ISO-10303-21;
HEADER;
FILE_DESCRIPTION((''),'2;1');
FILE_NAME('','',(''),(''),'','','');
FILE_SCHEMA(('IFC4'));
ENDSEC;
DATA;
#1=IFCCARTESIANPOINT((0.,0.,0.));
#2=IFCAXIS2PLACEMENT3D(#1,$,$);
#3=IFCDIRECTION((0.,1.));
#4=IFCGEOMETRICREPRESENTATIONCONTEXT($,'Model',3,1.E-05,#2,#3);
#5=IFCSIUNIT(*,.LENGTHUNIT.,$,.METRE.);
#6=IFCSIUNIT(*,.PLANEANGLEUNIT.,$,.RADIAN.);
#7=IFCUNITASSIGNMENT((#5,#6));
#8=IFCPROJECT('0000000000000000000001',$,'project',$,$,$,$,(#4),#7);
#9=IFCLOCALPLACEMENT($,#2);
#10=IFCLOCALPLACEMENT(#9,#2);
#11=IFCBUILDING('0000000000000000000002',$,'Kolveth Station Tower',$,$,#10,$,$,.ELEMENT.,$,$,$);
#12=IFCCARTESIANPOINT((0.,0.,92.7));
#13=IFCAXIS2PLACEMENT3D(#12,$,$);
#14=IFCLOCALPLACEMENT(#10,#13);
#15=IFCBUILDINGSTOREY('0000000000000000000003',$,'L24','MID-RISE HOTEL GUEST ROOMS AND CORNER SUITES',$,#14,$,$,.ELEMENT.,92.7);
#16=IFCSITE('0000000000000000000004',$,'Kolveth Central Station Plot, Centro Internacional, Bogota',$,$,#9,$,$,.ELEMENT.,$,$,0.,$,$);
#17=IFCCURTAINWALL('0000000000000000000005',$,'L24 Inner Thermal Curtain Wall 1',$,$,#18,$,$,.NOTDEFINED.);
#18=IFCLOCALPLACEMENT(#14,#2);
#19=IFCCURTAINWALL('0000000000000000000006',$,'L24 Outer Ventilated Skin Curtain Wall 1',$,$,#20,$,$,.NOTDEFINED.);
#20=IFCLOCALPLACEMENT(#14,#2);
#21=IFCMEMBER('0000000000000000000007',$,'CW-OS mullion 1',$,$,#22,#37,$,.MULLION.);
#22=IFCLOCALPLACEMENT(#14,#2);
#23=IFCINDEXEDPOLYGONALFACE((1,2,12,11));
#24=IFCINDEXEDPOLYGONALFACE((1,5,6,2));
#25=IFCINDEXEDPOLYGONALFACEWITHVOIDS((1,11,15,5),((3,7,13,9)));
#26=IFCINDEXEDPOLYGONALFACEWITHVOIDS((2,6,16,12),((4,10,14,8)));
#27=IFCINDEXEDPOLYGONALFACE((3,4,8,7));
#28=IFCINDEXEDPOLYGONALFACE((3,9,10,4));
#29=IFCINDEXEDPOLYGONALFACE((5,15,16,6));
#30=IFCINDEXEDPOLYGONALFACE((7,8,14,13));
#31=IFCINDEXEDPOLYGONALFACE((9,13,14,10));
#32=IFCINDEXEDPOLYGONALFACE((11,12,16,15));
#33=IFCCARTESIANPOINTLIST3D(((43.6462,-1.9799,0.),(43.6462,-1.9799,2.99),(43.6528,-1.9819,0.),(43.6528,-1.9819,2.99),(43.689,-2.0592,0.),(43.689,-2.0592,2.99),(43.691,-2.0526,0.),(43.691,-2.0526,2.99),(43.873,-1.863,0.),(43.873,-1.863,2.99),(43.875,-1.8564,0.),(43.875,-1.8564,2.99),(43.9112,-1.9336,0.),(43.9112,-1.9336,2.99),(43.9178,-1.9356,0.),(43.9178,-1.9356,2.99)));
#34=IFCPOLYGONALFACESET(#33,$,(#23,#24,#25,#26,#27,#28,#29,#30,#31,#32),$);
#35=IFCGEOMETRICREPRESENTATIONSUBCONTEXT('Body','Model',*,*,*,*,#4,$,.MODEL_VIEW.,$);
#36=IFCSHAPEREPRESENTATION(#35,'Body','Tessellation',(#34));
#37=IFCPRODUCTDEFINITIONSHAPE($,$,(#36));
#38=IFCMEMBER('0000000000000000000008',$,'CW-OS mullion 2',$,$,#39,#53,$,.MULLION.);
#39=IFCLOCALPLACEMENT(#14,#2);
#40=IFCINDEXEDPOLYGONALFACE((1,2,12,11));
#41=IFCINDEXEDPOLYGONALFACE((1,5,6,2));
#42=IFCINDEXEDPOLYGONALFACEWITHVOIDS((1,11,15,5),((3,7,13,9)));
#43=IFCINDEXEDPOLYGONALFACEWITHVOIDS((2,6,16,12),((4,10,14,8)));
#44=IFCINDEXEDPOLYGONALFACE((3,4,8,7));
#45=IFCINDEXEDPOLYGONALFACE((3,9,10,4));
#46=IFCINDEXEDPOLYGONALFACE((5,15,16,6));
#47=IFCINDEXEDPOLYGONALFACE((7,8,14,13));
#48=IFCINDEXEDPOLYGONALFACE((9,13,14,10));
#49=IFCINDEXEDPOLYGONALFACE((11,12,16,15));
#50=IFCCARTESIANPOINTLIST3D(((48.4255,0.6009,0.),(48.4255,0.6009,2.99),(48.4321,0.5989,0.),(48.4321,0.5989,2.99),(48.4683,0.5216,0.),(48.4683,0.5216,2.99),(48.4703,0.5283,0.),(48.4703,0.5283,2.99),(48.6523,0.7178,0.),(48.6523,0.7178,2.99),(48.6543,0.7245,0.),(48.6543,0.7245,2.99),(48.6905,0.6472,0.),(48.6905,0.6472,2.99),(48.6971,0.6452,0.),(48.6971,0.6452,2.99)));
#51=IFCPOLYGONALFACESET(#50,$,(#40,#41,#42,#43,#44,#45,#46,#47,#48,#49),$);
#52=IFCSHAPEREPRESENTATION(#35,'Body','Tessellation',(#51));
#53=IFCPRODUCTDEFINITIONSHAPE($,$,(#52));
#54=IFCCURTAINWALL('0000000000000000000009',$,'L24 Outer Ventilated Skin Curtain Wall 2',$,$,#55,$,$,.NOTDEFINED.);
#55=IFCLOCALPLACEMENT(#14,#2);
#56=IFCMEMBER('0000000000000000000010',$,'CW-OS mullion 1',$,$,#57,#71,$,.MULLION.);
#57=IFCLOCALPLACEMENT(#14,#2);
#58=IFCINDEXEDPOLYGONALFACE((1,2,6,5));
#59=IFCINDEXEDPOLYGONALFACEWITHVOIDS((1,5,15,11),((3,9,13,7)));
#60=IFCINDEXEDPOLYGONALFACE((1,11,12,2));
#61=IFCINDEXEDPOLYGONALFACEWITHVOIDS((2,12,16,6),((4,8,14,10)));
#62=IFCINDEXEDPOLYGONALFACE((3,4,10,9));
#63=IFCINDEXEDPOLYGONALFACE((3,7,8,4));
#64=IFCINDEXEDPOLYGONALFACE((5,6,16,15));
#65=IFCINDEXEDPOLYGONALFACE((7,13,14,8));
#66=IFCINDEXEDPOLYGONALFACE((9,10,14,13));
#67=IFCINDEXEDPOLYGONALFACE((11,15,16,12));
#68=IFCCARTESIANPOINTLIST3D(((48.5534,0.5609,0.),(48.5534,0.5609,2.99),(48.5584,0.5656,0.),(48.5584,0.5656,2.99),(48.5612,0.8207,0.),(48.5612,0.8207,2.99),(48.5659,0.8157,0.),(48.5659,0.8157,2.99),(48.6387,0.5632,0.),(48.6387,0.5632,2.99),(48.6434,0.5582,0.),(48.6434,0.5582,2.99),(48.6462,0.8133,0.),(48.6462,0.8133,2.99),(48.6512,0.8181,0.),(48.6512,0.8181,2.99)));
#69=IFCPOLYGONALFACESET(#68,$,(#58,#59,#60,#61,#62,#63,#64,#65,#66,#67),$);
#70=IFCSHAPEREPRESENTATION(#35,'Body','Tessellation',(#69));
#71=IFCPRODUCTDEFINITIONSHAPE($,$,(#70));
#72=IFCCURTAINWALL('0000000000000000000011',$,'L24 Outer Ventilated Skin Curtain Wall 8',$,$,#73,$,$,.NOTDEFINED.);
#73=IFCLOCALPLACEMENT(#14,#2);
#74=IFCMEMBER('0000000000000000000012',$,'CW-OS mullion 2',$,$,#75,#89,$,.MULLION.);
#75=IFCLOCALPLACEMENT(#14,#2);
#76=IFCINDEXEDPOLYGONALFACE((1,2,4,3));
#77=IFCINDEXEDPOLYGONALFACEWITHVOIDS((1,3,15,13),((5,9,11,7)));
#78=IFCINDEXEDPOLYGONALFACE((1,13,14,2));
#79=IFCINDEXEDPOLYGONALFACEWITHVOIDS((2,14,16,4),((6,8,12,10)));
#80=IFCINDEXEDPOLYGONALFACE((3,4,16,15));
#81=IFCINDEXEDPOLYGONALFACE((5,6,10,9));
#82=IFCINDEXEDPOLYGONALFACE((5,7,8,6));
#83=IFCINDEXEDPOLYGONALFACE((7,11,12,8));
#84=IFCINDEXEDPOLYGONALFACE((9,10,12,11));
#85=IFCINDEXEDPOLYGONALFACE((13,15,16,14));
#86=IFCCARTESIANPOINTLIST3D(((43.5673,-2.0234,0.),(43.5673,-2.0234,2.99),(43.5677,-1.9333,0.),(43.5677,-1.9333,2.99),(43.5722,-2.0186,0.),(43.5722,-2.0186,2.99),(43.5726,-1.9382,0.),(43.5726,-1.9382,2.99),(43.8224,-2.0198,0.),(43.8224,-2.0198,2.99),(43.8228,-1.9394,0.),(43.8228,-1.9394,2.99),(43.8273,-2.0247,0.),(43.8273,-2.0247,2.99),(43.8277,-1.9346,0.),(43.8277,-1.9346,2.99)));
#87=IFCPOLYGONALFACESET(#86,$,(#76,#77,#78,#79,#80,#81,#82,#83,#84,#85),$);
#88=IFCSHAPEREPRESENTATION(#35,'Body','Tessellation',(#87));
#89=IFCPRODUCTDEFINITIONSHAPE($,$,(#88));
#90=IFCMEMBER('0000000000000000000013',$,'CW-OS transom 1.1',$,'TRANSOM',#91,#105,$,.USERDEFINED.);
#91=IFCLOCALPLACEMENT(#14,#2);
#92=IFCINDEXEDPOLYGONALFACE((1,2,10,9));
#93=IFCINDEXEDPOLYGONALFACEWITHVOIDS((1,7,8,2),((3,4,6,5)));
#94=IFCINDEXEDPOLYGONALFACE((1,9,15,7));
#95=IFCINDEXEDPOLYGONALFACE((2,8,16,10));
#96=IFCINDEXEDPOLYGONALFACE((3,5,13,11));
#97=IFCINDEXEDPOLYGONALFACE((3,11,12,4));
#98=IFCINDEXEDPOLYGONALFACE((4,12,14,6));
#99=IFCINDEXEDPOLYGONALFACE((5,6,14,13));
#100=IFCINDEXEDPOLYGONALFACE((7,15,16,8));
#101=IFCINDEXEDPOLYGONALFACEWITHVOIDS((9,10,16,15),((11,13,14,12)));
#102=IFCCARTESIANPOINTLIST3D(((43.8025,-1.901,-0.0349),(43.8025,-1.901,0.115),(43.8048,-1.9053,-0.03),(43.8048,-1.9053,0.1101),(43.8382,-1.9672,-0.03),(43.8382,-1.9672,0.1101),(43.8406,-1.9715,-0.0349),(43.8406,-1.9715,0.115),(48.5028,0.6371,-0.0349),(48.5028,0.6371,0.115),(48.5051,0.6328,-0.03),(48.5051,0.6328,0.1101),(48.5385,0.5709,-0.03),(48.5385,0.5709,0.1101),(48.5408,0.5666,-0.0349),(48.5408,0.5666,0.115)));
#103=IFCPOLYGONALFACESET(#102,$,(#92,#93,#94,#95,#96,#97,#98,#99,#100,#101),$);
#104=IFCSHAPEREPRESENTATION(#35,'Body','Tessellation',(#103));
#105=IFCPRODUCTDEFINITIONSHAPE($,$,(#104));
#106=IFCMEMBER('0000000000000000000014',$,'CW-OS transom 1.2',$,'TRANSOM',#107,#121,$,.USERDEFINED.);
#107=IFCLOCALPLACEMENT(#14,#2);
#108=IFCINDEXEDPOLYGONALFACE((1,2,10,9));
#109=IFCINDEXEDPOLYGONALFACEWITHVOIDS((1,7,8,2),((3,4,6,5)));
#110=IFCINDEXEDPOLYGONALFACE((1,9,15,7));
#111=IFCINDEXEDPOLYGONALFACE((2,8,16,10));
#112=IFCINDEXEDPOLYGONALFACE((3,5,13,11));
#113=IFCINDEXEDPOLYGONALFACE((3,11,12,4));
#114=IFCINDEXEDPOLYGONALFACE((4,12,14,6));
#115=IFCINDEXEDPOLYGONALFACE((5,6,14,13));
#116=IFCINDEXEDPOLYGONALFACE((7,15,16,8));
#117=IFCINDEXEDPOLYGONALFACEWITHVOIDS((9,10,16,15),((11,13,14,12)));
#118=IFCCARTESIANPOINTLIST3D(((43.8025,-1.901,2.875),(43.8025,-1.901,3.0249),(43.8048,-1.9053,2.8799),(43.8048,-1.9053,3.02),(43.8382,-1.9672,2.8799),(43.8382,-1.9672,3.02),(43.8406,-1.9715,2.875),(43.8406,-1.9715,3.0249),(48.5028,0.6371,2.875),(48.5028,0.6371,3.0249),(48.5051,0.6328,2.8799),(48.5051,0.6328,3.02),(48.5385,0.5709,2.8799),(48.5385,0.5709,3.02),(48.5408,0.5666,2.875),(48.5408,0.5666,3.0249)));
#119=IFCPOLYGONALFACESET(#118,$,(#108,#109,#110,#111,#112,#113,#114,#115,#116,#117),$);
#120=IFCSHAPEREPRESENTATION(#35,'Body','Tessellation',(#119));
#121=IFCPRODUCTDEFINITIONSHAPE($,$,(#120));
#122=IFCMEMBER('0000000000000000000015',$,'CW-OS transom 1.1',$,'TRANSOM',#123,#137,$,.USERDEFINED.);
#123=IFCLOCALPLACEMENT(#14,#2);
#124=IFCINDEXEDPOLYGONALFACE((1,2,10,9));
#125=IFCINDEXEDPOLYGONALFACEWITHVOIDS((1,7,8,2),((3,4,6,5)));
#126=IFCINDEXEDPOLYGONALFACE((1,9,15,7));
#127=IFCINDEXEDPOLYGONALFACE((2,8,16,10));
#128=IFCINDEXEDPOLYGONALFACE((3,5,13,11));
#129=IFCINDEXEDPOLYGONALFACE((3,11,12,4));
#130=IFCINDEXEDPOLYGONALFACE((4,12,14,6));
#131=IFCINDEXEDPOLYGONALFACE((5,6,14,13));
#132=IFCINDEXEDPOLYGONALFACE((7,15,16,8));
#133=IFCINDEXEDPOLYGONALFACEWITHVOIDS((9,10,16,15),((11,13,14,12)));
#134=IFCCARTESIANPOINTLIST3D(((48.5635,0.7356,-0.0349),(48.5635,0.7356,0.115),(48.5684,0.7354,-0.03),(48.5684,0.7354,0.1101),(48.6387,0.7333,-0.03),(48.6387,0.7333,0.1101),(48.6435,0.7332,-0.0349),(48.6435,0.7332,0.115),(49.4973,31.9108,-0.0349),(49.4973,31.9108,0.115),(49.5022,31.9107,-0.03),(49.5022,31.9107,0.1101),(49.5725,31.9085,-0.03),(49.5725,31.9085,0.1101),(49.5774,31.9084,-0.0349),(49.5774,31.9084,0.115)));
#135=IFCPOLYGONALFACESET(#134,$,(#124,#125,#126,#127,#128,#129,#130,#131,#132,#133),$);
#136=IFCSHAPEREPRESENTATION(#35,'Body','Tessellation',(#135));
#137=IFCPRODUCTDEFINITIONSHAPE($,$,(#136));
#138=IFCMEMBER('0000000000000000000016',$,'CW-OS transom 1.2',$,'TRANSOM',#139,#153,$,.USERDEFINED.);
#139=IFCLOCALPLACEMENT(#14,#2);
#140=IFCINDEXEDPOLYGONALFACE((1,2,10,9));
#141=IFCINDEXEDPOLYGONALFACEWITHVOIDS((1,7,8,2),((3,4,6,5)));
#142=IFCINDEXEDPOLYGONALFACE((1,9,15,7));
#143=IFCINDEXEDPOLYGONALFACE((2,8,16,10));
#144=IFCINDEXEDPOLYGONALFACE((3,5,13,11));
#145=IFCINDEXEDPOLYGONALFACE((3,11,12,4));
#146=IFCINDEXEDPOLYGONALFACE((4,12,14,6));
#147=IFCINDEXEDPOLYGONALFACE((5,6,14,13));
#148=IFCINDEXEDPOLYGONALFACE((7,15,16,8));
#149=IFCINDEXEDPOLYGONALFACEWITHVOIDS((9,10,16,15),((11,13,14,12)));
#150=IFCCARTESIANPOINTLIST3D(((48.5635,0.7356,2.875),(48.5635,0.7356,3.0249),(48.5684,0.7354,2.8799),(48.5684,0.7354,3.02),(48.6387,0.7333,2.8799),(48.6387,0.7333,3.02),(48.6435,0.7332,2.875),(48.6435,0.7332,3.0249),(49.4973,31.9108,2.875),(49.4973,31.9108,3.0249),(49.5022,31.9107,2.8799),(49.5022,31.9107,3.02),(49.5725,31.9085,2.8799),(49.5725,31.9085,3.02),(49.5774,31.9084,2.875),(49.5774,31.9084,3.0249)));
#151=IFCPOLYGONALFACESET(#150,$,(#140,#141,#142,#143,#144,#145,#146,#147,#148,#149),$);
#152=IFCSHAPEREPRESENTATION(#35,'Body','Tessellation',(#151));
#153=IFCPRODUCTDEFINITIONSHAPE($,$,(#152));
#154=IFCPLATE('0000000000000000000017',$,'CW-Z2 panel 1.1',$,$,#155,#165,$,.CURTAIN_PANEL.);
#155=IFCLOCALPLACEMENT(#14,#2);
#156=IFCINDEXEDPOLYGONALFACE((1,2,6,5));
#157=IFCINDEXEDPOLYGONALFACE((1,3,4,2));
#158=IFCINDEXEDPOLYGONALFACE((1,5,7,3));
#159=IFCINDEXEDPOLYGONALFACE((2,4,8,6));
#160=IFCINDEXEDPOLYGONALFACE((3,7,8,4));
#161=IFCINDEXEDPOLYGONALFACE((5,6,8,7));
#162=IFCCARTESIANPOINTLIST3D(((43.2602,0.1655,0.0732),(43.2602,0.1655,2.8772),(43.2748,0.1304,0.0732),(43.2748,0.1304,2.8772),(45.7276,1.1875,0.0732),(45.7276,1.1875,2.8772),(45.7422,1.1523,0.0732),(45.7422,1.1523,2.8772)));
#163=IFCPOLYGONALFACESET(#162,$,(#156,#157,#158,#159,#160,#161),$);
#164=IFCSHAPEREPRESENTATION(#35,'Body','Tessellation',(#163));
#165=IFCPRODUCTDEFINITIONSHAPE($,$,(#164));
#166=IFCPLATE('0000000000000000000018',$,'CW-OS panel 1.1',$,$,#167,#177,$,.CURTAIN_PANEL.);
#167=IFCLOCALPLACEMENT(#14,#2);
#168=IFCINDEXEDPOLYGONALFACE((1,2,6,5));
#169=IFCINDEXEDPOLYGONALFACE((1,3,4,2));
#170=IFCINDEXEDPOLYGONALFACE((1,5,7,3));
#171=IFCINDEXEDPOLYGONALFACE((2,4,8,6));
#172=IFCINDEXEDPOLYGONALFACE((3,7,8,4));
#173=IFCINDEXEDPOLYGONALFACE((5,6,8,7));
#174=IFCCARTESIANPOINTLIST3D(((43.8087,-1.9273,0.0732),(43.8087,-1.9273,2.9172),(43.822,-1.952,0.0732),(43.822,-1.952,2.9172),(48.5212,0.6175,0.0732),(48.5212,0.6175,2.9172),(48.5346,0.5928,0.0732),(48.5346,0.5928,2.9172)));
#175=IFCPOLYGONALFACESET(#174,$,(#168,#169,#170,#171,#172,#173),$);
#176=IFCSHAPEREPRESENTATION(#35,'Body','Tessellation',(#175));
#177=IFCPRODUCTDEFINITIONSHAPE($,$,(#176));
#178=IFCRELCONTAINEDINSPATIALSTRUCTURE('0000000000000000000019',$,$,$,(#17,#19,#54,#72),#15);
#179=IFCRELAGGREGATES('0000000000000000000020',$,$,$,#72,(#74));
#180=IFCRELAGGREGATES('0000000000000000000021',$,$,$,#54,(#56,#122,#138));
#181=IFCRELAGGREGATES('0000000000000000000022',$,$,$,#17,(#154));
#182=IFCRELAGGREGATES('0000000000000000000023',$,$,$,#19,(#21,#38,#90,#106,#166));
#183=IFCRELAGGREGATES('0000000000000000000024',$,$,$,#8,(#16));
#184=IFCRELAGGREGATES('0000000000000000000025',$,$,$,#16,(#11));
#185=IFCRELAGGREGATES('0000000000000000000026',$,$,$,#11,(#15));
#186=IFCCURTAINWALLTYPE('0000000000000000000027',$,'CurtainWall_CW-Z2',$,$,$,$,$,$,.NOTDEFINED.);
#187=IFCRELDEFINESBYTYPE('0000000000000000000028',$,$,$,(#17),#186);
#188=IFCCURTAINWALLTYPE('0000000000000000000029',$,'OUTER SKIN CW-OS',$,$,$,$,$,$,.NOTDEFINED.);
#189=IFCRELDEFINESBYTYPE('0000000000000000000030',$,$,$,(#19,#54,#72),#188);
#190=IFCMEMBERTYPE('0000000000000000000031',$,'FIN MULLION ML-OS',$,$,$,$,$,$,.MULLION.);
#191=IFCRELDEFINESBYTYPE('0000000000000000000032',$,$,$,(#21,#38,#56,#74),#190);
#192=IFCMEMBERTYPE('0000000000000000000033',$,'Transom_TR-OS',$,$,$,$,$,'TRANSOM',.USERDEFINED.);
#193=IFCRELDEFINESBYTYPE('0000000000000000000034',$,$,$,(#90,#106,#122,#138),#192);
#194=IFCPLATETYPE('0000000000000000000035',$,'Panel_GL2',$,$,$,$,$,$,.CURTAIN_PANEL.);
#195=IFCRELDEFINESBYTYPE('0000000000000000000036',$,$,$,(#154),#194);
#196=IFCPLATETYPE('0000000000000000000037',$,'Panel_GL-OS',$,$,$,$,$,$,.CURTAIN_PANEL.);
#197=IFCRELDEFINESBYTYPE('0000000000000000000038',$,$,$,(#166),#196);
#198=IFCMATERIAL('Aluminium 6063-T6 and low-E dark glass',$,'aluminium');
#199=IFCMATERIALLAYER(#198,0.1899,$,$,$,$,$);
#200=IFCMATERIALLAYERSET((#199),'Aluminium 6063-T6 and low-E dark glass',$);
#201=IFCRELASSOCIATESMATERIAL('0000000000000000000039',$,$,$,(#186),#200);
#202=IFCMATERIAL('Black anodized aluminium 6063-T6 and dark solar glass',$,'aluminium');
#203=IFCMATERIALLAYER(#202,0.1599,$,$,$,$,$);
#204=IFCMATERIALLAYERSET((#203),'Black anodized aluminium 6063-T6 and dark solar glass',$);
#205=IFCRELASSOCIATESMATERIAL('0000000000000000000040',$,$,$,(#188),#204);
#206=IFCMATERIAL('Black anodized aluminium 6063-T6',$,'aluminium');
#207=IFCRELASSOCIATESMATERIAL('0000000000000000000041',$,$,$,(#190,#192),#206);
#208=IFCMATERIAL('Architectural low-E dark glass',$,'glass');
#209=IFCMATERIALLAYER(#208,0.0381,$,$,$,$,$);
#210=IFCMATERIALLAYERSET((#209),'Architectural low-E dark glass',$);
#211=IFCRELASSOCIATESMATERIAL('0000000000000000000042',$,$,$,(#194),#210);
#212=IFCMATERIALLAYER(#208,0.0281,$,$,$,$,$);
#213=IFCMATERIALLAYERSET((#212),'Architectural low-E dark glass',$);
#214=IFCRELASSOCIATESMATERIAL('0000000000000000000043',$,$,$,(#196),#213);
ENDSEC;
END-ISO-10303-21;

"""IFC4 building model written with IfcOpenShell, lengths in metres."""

from ifc_helpers import new_model, si_unit, direction, frame, origin, origin_2d, place, context, subcontext, project, spatial, rectangle, hollow_rectangle, extrude, source, transform, mapped, material, layer, layer_set, material_profile, profile_set, type_object, element, aggregate, save


model = new_model("IFC4")

# Units and contexts
model_context = context("Model", 3, precision=1e-05, world=origin(), true_north=direction((0.0, 1.0)))
body_context = subcontext(model_context, "Body", "Model", "MODEL_VIEW")
ifc_project = project(units=[si_unit("LENGTHUNIT", "METRE"), si_unit("PLANEANGLEUNIT", "RADIAN")], contexts=[model_context])

# Site, building, storey
site_placement = place(None, origin())
site = spatial("IfcSite", under=ifc_project, at=site_placement, Name="Kolveth Central Station Plot, Centro Internacional, Bogota", CompositionType="ELEMENT", RefElevation=0.0)
building_placement = place(site_placement, origin())
building = spatial("IfcBuilding", under=site, at=building_placement, Name="Kolveth Station Tower", CompositionType="ELEMENT")
storey_placement = place(building_placement, frame((0.0, 0.0, 92.7)))
storey = spatial("IfcBuildingStorey", under=building, at=storey_placement, Name="L24", Description="MID-RISE HOTEL GUEST ROOMS AND CORNER SUITES", CompositionType="ELEMENT", Elevation=92.7)

# Curtain wall
ifc_material_1 = material(Name="Aluminium 6063-T6 and low-E dark glass", Category="aluminium")
ifc_layer_1 = layer(ifc_material_1, 0.1899)
ifc_layer_set_1 = layer_set([ifc_layer_1], Name="Aluminium 6063-T6 and low-E dark glass")
curtain_wall_type_1 = type_object("IfcCurtainWallType", Name="CurtainWall_CW-Z2", PredefinedType="NOTDEFINED", material=ifc_layer_set_1)
curtain_wall_1_placement = place(storey_placement, origin())
curtain_wall_1 = element("IfcCurtainWall", 1, at=curtain_wall_1_placement, inside=storey, type_object=curtain_wall_type_1, Name="L24 Inner Thermal Curtain Wall 1", PredefinedType="NOTDEFINED")
ifc_material_2 = material(Name="Black anodized aluminium 6063-T6", Category="aluminium")

# Curtain wall, members
ifc_material_3 = material(Name="Black anodized aluminium 6063-T6 and dark solar glass", Category="aluminium")
ifc_layer_2 = layer(ifc_material_3, 0.1599)
ifc_layer_set_2 = layer_set([ifc_layer_2], Name="Black anodized aluminium 6063-T6 and dark solar glass")
curtain_wall_type_2 = type_object("IfcCurtainWallType", Name="OUTER SKIN CW-OS", PredefinedType="NOTDEFINED", material=ifc_layer_set_2)
curtain_wall_2_placement = place(storey_placement, origin())
curtain_wall_2 = element("IfcCurtainWall", 2, at=curtain_wall_2_placement, inside=storey, type_object=curtain_wall_type_2, Name="L24 Outer Ventilated Skin Curtain Wall 1", PredefinedType="NOTDEFINED")
ifc_material_profile_1 = material_profile(ifc_material_2, hollow_rectangle(XDim=0.0901, YDim=0.26, WallThickness=0.0049, at=origin_2d()), Name="ALU-90x260x5")
ifc_profile_set_1 = profile_set([ifc_material_profile_1], Name="Black anodized aluminium 6063-T6")
member_type_1 = type_object("IfcMemberType", Name="FIN MULLION ML-OS", PredefinedType="MULLION", material=ifc_profile_set_1)
shared_shape_1 = source(origin(), body_context, "Body", "SweptSolid", [
    extrude(hollow_rectangle(XDim=0.0901, YDim=0.26, WallThickness=0.0049, at=origin_2d()), origin(), (0.0, 0.0, 1.0), 2.99),
])
member_1_placement = place(storey_placement, frame((43.782, -1.9578, 0.0), z_axis=(0.0, 0.0, 1.0), x_axis=(-0.47515, 0.879905, 0.0)))
member_1 = element("IfcMember", 3, at=member_1_placement, type_object=member_type_1, Name="CW-OS mullion 1", PredefinedType="MULLION", context=body_context, shape_type="MappedRepresentation", body=[
    mapped(shared_shape_1, transform((0.0, 0.0, 0.0), x_axis=(1.0, 0.0, 0.0), y_axis=(0.0, 1.0, 0.0), z_axis=(0.0, 0.0, 1.0), scale=1.0)),
])
member_2_placement = place(storey_placement, frame((48.5613, 0.623, 0.0), z_axis=(0.0, 0.0, 1.0), x_axis=(-0.47515, 0.879905, 0.0)))
member_2 = element("IfcMember", 4, at=member_2_placement, type_object=member_type_1, Name="CW-OS mullion 2", PredefinedType="MULLION", context=body_context, shape_type="MappedRepresentation", body=[
    mapped(shared_shape_1, transform((0.0, 0.0, 0.0), x_axis=(1.0, 0.0, 0.0), y_axis=(0.0, 1.0, 0.0), z_axis=(0.0, 0.0, 1.0), scale=1.0)),
])

# Curtain walls, members
curtain_wall_3_placement = place(storey_placement, origin())
curtain_wall_3 = element("IfcCurtainWall", 5, at=curtain_wall_3_placement, inside=storey, type_object=curtain_wall_type_2, Name="L24 Outer Ventilated Skin Curtain Wall 2", PredefinedType="NOTDEFINED")
member_3_placement = place(storey_placement, frame((48.6023, 0.6895, 0.0), z_axis=(0.0, 0.0, 1.0), x_axis=(-0.999552, 0.029937, 0.0)))
member_3 = element("IfcMember", 6, at=member_3_placement, type_object=member_type_1, Name="CW-OS mullion 1", PredefinedType="MULLION", context=body_context, shape_type="MappedRepresentation", body=[
    mapped(shared_shape_1, transform((0.0, 0.0, 0.0), x_axis=(1.0, 0.0, 0.0), y_axis=(0.0, 1.0, 0.0), z_axis=(0.0, 0.0, 1.0), scale=1.0)),
])
curtain_wall_4_placement = place(storey_placement, origin())
curtain_wall_4 = element("IfcCurtainWall", 7, at=curtain_wall_4_placement, inside=storey, type_object=curtain_wall_type_2, Name="L24 Outer Ventilated Skin Curtain Wall 8", PredefinedType="NOTDEFINED")
member_4_placement = place(storey_placement, frame((43.6975, -1.979, 0.0), z_axis=(0.0, 0.0, 1.0), x_axis=(0.004783, 0.999989, 0.0)))
member_4 = element("IfcMember", 8, at=member_4_placement, type_object=member_type_1, Name="CW-OS mullion 2", PredefinedType="MULLION", context=body_context, shape_type="MappedRepresentation", body=[
    mapped(shared_shape_1, transform((0.0, 0.0, 0.0), x_axis=(1.0, 0.0, 0.0), y_axis=(0.0, 1.0, 0.0), z_axis=(0.0, 0.0, 1.0), scale=1.0)),
])
aggregate(curtain_wall_4, [member_4])

# Members
ifc_material_profile_2 = material_profile(ifc_material_2, hollow_rectangle(XDim=0.0801, YDim=0.1499, WallThickness=0.0049, at=origin_2d()), Name="ALU-80x150x5")
ifc_profile_set_2 = profile_set([ifc_material_profile_2], Name="Black anodized aluminium 6063-T6")
member_type_2 = type_object("IfcMemberType", Name="Transom_TR-OS", ElementType="TRANSOM", PredefinedType="USERDEFINED", material=ifc_profile_set_2)
shared_shape_2 = source(origin(), body_context, "Body", "SweptSolid", [
    extrude(hollow_rectangle(XDim=0.0801, YDim=0.1499, WallThickness=0.0049, at=origin_2d()), origin(), (0.0, 0.0, 1.0), 5.3418),
])
member_5_placement = place(storey_placement, frame((43.8215, -1.9363, 0.04), z_axis=(0.879907, 0.475146, 0.0), x_axis=(-0.475146, 0.879907, 0.0)))
member_5 = element("IfcMember", 9, at=member_5_placement, type_object=member_type_2, Name="CW-OS transom 1.1", ObjectType="TRANSOM", PredefinedType="USERDEFINED", context=body_context, shape_type="MappedRepresentation", body=[
    mapped(shared_shape_2, transform((0.0, 0.0, 0.0), x_axis=(1.0, 0.0, 0.0), y_axis=(0.0, 1.0, 0.0), z_axis=(0.0, 0.0, 1.0), scale=1.0)),
])
member_6_placement = place(storey_placement, frame((43.8215, -1.9363, 2.95), z_axis=(0.879907, 0.475146, 0.0), x_axis=(-0.475146, 0.879907, 0.0)))
member_6 = element("IfcMember", 10, at=member_6_placement, type_object=member_type_2, Name="CW-OS transom 1.2", ObjectType="TRANSOM", PredefinedType="USERDEFINED", context=body_context, shape_type="MappedRepresentation", body=[
    mapped(shared_shape_2, transform((0.0, 0.0, 0.0), x_axis=(1.0, 0.0, 0.0), y_axis=(0.0, 1.0, 0.0), z_axis=(0.0, 0.0, 1.0), scale=1.0)),
])
shared_shape_3 = source(origin(), body_context, "Body", "SweptSolid", [
    extrude(hollow_rectangle(XDim=0.0801, YDim=0.1499, WallThickness=0.0049, at=origin_2d()), origin(), (0.0, 0.0, 1.0), 31.1892),
])
member_7_placement = place(storey_placement, frame((48.6035, 0.7344, 0.04), z_axis=(0.029941, 0.999552, 0.0), x_axis=(-0.999552, 0.029941, 0.0)))
member_7 = element("IfcMember", 11, at=member_7_placement, type_object=member_type_2, Name="CW-OS transom 1.1", ObjectType="TRANSOM", PredefinedType="USERDEFINED", context=body_context, shape_type="MappedRepresentation", body=[
    mapped(shared_shape_3, transform((0.0, 0.0, 0.0), x_axis=(1.0, 0.0, 0.0), y_axis=(0.0, 1.0, 0.0), z_axis=(0.0, 0.0, 1.0), scale=1.0)),
])
member_8_placement = place(storey_placement, frame((48.6035, 0.7344, 2.95), z_axis=(0.029941, 0.999552, 0.0), x_axis=(-0.999552, 0.029941, 0.0)))
member_8 = element("IfcMember", 12, at=member_8_placement, type_object=member_type_2, Name="CW-OS transom 1.2", ObjectType="TRANSOM", PredefinedType="USERDEFINED", context=body_context, shape_type="MappedRepresentation", body=[
    mapped(shared_shape_3, transform((0.0, 0.0, 0.0), x_axis=(1.0, 0.0, 0.0), y_axis=(0.0, 1.0, 0.0), z_axis=(0.0, 0.0, 1.0), scale=1.0)),
])
aggregate(curtain_wall_3, [member_3, member_7, member_8])

# Plates
ifc_material_4 = material(Name="Architectural low-E dark glass", Category="glass")
ifc_layer_3 = layer(ifc_material_4, 0.0381)
ifc_layer_set_3 = layer_set([ifc_layer_3], Name="Architectural low-E dark glass")
plate_type_1 = type_object("IfcPlateType", Name="Panel_GL2", PredefinedType="CURTAIN_PANEL", material=ifc_layer_set_3)
shared_shape_4 = source(origin(), body_context, "Body", "SweptSolid", [
    extrude(rectangle(XDim=2.6707, YDim=0.0381, at=origin_2d()), origin(), (0.0, 0.0, 1.0), 2.804),
])
plate_1_placement = place(storey_placement, frame((44.5012, 0.6589, 0.0732), z_axis=(0.0, 0.0, 1.0), x_axis=(0.923888, 0.382663, 0.0)))
plate_1 = element("IfcPlate", 13, at=plate_1_placement, type_object=plate_type_1, Name="CW-Z2 panel 1.1", PredefinedType="CURTAIN_PANEL", context=body_context, shape_type="MappedRepresentation", body=[
    mapped(shared_shape_4, transform((0.0, 0.0, 0.0), x_axis=(1.0, 0.0, 0.0), y_axis=(0.0, 1.0, 0.0), z_axis=(0.0, 0.0, 1.0), scale=1.0)),
])
aggregate(curtain_wall_1, [plate_1])
ifc_layer_4 = layer(ifc_material_4, 0.0281)
ifc_layer_set_4 = layer_set([ifc_layer_4], Name="Architectural low-E dark glass")
plate_type_2 = type_object("IfcPlateType", Name="Panel_GL-OS", PredefinedType="CURTAIN_PANEL", material=ifc_layer_set_4)
shared_shape_5 = source(origin(), body_context, "Body", "SweptSolid", [
    extrude(rectangle(XDim=5.3557, YDim=0.0281, at=origin_2d()), origin(), (0.0, 0.0, 1.0), 2.844),
])
plate_2_placement = place(storey_placement, frame((46.1716, -0.6672, 0.0732), z_axis=(0.0, 0.0, 1.0), x_axis=(0.879905, 0.47515, 0.0)))
plate_2 = element("IfcPlate", 14, at=plate_2_placement, type_object=plate_type_2, Name="CW-OS panel 1.1", PredefinedType="CURTAIN_PANEL", context=body_context, shape_type="MappedRepresentation", body=[
    mapped(shared_shape_5, transform((0.0, 0.0, 0.0), x_axis=(1.0, 0.0, 0.0), y_axis=(0.0, 1.0, 0.0), z_axis=(0.0, 0.0, 1.0), scale=1.0)),
])
aggregate(curtain_wall_2, [member_1, member_2, member_5, member_6, plate_2])

save(model, "model.ifc")
